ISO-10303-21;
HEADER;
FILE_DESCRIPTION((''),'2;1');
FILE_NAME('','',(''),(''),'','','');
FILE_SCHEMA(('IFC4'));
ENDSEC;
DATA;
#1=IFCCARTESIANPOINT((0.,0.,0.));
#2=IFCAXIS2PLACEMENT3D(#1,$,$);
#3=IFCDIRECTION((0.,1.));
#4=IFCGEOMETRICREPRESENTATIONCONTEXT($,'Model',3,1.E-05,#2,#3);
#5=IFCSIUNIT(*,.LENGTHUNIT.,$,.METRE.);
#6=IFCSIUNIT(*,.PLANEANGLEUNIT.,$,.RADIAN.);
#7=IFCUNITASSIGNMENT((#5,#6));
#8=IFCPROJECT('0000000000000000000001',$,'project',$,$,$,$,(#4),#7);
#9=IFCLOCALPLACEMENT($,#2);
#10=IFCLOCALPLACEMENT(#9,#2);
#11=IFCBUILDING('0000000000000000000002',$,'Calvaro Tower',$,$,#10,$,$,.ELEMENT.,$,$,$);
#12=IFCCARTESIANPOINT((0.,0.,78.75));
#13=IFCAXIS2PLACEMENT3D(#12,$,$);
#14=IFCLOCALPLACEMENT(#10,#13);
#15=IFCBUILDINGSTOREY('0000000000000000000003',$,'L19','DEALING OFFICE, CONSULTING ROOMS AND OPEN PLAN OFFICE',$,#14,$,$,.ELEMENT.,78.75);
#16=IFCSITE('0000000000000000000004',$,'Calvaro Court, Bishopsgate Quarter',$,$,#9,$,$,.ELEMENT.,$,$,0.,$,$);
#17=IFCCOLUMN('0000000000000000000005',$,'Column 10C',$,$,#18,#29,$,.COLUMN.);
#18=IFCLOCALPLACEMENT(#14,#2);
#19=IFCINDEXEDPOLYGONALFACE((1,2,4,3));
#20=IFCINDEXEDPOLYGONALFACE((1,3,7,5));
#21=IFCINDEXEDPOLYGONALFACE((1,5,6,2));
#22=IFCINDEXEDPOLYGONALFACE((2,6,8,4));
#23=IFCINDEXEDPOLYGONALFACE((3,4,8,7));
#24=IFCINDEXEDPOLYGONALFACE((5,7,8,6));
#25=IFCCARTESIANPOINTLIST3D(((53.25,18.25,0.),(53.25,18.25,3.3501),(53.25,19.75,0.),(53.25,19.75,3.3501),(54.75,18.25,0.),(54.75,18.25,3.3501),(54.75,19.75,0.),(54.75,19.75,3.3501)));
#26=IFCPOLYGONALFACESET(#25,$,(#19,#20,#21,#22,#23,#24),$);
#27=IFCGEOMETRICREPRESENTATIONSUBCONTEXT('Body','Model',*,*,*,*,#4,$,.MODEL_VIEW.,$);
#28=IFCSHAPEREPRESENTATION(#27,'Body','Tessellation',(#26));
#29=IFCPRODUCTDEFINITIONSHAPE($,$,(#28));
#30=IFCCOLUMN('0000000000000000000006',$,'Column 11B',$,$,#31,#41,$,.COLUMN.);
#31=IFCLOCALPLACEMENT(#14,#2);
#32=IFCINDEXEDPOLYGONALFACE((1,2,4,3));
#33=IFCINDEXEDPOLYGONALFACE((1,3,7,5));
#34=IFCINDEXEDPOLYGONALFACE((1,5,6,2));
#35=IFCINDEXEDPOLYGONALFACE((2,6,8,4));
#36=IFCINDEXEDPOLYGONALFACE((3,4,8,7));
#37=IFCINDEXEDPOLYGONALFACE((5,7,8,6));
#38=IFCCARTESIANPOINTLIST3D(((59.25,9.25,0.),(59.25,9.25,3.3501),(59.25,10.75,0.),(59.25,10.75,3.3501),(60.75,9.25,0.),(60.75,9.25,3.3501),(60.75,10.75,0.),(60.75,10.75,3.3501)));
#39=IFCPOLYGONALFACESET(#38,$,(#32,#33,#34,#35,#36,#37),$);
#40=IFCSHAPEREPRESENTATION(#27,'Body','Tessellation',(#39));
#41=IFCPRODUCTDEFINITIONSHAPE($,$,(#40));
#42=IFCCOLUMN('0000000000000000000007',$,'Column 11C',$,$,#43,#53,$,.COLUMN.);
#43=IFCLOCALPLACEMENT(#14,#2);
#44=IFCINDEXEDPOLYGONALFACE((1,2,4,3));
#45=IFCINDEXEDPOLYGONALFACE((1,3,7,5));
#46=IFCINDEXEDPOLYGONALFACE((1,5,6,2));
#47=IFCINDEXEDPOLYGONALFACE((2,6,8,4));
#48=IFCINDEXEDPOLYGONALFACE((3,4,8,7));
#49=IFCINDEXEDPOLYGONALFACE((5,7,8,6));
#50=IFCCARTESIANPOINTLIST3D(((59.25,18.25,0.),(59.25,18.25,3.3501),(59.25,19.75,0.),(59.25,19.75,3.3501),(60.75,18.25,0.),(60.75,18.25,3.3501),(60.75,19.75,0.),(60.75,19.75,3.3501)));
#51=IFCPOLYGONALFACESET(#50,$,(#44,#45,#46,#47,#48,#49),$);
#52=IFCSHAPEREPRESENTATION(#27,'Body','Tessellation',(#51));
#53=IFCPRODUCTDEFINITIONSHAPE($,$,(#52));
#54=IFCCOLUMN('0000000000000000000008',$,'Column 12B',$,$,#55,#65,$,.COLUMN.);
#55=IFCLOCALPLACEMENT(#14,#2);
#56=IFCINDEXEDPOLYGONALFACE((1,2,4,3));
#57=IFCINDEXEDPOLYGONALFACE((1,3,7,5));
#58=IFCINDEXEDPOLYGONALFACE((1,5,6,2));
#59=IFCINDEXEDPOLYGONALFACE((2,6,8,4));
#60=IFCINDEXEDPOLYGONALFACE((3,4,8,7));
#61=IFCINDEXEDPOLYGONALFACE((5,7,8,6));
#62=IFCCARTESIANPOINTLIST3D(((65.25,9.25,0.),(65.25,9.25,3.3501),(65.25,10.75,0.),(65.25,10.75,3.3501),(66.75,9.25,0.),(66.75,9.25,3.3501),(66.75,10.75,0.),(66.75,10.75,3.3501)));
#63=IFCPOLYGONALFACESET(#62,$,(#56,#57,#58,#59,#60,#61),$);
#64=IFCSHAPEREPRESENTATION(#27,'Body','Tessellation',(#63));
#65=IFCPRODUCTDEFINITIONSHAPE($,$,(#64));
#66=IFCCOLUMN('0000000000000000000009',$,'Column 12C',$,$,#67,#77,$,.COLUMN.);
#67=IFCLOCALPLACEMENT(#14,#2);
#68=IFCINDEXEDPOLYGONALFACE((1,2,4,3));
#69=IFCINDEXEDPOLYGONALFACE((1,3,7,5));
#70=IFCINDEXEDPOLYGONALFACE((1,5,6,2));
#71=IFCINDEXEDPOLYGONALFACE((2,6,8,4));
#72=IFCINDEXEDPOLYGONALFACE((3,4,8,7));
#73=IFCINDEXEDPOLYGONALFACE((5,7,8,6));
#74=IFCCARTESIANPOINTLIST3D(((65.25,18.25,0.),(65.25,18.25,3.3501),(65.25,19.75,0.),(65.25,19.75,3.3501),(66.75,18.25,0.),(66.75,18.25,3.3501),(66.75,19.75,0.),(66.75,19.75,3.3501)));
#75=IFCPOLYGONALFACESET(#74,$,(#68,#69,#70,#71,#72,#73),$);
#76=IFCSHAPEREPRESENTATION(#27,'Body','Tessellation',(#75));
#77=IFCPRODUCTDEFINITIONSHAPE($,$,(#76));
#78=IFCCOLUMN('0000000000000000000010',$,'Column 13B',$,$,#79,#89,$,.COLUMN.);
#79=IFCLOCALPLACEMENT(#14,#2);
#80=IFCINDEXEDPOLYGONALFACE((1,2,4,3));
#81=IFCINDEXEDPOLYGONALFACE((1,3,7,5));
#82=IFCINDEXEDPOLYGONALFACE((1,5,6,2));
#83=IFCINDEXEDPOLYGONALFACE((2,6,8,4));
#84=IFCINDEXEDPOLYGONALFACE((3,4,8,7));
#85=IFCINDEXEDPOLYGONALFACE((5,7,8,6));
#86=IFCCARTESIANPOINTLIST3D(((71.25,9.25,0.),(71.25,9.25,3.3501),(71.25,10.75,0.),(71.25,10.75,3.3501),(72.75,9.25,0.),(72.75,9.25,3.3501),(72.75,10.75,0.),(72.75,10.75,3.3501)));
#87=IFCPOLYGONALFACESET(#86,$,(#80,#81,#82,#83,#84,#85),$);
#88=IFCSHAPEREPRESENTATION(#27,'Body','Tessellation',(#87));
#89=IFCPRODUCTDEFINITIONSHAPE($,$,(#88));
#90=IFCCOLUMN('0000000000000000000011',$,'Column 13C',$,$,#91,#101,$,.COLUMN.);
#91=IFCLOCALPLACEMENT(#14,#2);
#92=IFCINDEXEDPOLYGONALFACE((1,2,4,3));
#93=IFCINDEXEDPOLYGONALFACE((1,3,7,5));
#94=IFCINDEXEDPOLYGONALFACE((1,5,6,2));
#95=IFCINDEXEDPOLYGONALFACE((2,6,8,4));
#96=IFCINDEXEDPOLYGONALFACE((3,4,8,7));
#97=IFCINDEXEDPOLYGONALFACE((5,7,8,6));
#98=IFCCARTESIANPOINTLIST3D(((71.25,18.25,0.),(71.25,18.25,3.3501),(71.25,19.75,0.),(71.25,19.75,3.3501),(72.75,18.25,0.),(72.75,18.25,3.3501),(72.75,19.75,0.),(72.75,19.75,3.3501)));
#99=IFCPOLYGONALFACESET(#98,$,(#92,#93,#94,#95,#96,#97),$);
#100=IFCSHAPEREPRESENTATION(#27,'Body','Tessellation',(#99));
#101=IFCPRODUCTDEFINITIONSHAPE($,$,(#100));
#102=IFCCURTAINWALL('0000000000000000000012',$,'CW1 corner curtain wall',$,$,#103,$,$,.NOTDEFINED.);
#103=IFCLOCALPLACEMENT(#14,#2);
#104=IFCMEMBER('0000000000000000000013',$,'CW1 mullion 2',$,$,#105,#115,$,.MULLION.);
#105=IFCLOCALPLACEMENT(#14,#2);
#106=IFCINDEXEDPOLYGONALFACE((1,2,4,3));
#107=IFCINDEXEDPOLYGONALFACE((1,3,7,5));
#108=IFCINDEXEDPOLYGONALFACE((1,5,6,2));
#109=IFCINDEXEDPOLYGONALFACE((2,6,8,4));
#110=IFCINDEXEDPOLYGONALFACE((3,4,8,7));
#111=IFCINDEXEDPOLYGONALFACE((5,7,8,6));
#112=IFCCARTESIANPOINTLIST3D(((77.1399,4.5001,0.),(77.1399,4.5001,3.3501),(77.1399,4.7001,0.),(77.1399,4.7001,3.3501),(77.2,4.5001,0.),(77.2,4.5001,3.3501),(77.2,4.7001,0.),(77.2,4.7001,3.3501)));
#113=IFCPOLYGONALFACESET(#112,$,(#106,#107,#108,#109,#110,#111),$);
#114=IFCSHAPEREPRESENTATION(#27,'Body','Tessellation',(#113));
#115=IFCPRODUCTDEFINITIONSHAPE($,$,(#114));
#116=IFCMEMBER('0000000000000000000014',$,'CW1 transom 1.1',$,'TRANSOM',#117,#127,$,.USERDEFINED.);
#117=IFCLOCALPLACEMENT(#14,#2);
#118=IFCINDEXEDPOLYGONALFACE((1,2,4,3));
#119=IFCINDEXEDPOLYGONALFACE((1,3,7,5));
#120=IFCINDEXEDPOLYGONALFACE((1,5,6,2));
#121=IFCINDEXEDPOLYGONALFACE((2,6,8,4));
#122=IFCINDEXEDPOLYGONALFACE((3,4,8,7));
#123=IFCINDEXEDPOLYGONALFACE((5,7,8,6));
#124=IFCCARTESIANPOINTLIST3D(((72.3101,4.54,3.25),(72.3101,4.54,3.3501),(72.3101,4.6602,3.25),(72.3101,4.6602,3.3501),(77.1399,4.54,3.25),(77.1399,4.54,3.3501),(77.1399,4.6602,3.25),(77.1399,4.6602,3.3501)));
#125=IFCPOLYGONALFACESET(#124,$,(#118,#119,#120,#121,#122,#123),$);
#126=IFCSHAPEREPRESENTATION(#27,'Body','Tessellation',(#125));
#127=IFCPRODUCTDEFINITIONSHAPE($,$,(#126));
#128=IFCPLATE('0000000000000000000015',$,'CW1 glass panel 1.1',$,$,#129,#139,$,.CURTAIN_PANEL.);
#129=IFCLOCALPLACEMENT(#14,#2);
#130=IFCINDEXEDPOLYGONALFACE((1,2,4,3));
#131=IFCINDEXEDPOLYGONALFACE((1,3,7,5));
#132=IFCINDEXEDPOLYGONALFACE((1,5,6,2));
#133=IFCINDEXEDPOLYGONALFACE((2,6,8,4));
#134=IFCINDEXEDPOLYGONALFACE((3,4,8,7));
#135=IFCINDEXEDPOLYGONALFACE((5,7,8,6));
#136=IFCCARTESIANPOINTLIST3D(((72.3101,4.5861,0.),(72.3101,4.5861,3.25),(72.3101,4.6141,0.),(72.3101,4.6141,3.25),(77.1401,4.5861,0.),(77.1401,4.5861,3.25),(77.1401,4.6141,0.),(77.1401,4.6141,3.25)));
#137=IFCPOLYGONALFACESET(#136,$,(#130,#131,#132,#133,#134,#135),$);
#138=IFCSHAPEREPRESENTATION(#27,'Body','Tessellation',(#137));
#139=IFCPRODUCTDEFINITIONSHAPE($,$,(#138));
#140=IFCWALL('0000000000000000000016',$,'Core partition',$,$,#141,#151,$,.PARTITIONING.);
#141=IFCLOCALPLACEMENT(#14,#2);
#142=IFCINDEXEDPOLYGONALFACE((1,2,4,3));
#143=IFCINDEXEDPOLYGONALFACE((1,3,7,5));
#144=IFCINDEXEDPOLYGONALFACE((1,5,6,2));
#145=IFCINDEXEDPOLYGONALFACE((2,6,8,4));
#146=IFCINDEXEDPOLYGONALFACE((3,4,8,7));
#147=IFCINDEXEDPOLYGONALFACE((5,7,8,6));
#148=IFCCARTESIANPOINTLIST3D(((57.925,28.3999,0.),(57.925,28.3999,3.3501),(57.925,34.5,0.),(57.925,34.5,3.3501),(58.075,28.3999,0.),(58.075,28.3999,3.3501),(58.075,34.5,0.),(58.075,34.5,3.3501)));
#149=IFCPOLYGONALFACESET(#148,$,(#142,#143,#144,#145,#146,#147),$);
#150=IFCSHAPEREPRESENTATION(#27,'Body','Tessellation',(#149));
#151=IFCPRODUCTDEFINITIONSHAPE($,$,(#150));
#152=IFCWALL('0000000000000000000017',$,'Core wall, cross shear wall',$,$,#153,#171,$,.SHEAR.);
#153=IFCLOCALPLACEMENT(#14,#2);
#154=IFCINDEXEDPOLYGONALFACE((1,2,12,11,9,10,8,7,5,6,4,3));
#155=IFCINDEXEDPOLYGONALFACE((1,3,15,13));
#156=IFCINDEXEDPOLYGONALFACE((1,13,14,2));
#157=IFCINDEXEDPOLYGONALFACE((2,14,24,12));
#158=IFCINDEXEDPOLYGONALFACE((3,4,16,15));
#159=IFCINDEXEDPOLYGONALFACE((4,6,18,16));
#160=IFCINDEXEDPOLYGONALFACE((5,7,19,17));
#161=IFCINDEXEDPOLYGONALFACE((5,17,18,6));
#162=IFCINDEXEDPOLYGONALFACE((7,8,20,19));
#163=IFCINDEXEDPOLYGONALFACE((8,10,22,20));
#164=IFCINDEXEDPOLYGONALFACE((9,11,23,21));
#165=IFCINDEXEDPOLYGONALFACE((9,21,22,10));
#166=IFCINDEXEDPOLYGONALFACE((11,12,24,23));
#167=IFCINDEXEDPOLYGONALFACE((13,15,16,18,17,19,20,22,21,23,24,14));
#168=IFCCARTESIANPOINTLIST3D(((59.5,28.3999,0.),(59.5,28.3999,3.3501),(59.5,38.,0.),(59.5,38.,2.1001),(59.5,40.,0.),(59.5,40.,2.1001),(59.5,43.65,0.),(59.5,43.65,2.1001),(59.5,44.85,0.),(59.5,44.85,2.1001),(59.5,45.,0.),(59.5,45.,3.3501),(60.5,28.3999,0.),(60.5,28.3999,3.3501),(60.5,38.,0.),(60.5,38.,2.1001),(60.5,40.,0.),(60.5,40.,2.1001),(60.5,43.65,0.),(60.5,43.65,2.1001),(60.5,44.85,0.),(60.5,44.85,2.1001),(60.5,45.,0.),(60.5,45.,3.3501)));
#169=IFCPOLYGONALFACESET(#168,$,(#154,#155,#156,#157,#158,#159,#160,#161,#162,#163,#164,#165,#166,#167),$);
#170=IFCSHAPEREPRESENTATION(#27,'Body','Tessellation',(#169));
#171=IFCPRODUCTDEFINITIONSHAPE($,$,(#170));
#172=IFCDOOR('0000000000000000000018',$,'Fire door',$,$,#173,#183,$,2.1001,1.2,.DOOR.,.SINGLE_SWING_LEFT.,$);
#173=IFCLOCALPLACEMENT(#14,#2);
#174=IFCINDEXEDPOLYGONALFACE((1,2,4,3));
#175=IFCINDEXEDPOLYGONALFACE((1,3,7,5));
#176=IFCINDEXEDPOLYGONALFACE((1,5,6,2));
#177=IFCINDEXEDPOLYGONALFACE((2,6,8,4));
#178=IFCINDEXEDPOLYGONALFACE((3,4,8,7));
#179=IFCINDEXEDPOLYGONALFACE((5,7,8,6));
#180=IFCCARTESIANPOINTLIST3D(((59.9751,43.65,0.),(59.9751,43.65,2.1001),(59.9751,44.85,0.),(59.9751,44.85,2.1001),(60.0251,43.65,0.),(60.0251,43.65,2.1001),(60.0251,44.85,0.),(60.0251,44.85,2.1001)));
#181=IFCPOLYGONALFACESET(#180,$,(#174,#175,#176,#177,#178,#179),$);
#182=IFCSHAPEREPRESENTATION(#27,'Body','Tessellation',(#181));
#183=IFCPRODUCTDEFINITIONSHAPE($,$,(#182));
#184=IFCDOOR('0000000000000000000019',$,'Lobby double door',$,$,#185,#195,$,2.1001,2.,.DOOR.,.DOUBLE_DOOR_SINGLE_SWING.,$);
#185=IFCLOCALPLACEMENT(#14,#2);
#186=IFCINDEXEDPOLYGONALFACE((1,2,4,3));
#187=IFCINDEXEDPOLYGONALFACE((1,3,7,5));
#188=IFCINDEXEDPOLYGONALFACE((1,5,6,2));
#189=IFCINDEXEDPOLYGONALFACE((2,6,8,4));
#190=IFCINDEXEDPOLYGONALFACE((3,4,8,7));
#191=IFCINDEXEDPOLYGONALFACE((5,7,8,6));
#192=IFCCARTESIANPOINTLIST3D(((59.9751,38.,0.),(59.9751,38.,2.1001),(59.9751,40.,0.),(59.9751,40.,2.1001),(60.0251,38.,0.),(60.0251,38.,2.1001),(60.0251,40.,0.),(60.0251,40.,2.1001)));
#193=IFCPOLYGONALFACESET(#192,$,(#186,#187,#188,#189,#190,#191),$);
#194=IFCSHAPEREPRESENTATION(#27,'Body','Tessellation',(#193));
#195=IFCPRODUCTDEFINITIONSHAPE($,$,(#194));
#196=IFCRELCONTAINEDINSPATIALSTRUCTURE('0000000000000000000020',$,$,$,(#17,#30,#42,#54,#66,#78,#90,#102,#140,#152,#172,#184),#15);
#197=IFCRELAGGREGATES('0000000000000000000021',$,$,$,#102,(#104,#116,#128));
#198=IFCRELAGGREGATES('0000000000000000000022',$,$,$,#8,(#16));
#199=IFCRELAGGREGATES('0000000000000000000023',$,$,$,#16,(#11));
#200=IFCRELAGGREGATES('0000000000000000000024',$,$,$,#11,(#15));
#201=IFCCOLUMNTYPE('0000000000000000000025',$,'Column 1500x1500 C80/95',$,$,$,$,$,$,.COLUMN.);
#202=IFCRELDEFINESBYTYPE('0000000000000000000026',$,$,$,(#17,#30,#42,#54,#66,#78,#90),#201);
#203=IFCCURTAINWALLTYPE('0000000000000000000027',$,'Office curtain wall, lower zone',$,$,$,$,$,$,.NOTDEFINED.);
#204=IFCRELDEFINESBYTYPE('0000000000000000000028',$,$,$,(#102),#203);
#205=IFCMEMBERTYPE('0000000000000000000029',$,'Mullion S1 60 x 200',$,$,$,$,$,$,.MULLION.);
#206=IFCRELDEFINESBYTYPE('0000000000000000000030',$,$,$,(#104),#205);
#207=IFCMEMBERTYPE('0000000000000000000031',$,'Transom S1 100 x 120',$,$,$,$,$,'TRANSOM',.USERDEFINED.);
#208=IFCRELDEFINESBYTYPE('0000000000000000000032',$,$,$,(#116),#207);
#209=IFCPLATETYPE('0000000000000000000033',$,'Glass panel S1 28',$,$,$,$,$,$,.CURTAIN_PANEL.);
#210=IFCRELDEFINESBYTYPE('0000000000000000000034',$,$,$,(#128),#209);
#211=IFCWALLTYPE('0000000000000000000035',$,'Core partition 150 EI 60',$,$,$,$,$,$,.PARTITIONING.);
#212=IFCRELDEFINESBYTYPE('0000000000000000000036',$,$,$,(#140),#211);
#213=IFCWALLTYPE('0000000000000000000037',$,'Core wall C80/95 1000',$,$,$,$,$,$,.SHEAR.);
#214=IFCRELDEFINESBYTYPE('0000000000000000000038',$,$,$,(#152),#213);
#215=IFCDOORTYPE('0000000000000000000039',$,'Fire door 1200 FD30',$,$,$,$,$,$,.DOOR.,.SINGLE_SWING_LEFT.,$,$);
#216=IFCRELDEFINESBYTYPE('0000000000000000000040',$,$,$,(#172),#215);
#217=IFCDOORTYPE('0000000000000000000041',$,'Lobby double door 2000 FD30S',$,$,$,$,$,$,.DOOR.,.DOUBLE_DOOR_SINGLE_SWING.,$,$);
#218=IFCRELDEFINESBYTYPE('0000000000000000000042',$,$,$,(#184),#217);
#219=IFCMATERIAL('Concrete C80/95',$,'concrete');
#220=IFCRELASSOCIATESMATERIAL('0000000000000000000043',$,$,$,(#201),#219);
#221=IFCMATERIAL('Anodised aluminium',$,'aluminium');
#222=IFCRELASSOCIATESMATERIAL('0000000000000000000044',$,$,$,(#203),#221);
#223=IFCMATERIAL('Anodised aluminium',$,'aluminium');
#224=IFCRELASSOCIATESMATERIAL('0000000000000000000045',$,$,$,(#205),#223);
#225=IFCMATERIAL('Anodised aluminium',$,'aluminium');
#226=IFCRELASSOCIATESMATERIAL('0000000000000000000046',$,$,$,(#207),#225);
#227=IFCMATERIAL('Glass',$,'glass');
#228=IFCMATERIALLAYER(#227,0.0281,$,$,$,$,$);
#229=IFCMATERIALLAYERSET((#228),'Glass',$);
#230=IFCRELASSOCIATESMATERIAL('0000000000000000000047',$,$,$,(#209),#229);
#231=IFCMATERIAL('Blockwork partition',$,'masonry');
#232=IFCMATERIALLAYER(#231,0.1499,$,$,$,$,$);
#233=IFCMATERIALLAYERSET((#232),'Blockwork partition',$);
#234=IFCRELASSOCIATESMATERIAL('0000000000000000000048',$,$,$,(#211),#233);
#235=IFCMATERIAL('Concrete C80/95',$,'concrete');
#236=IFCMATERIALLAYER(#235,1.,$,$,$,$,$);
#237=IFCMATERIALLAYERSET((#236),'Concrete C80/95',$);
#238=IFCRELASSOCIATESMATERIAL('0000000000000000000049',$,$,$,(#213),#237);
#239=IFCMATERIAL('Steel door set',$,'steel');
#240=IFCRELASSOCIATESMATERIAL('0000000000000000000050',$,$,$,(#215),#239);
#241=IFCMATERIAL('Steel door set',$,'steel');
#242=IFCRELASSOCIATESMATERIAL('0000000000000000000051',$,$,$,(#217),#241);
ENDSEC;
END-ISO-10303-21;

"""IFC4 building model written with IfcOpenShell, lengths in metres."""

from ifc_helpers import new_model, si_unit, direction, frame, frame_2d, origin, origin_2d, place, context, subcontext, project, spatial, rectangle, extrude, material, layer, layer_set, material_profile, profile_set, type_object, element, fill, aggregate, save


model = new_model("IFC4")

# Units and contexts
model_context = context("Model", 3, precision=1e-05, world=origin(), true_north=direction((0.0, 1.0)))
body_context = subcontext(model_context, "Body", "Model", "MODEL_VIEW")
ifc_project = project(units=[si_unit("LENGTHUNIT", "METRE"), si_unit("PLANEANGLEUNIT", "RADIAN")], contexts=[model_context])

# Site, building, storey
site_placement = place(None, origin())
site = spatial("IfcSite", under=ifc_project, at=site_placement, Name="Calvaro Court, Bishopsgate Quarter", CompositionType="ELEMENT", RefElevation=0.0)
building_placement = place(site_placement, origin())
building = spatial("IfcBuilding", under=site, at=building_placement, Name="Calvaro Tower", CompositionType="ELEMENT")
storey_placement = place(building_placement, frame((0.0, 0.0, 78.75)))
storey = spatial("IfcBuildingStorey", under=building, at=storey_placement, Name="L19", Description="DEALING OFFICE, CONSULTING ROOMS AND OPEN PLAN OFFICE", CompositionType="ELEMENT", Elevation=78.75)

# Columns
ifc_material_1 = material(Name="Concrete C80/95", Category="concrete")
ifc_material_profile_1 = material_profile(ifc_material_1, rectangle(XDim=1.5, YDim=1.5, at=origin_2d()), Name="RC 1500x1500")
ifc_profile_set_1 = profile_set([ifc_material_profile_1], Name="Concrete C80/95")
column_type = type_object("IfcColumnType", Name="Column 1500x1500 C80/95", PredefinedType="COLUMN", material=ifc_profile_set_1)
for number, where, z_axis, x_axis, name in (
    (1, (54.0, 19.0, 0.0), (0.0, 0.0, 1.0), (1.0, 0.0, 0.0), "Column 10C"),
    (2, (60.0, 10.0, 0.0), (0.0, 0.0, 1.0), (1.0, 0.0, 0.0), "Column 11B"),
    (3, (60.0, 19.0, 0.0), (0.0, 0.0, 1.0), (1.0, 0.0, 0.0), "Column 11C"),
    (4, (66.0, 10.0, 0.0), (0.0, 0.0, 1.0), (1.0, 0.0, 0.0), "Column 12B"),
    (5, (66.0, 19.0, 0.0), (0.0, 0.0, 1.0), (1.0, 0.0, 0.0), "Column 12C"),
    (6, (72.0, 10.0, 0.0), (0.0, 0.0, 1.0), (1.0, 0.0, 0.0), "Column 13B"),
    (7, (72.0, 19.0, 0.0), (0.0, 0.0, 1.0), (1.0, 0.0, 0.0), "Column 13C"),
):
    element("IfcColumn", number, at=place(storey_placement, frame(where, z_axis=z_axis, x_axis=x_axis)), inside=storey, type_object=column_type, Name=name, PredefinedType="COLUMN", context=body_context, shape_type="SweptSolid", body=[
        extrude(rectangle(XDim=1.5, YDim=1.5, at=origin_2d()), origin(), (0.0, 0.0, 1.0), 3.3501),
    ])

# Curtain wall, members, plate
ifc_material_2 = material(Name="Anodised aluminium", Category="aluminium")
curtain_wall_type = type_object("IfcCurtainWallType", Name="Office curtain wall, lower zone", PredefinedType="NOTDEFINED", material=ifc_material_2)
curtain_wall_placement = place(storey_placement, origin())
curtain_wall = element("IfcCurtainWall", 8, at=curtain_wall_placement, inside=storey, type_object=curtain_wall_type, Name="CW1 corner curtain wall", PredefinedType="NOTDEFINED")
ifc_material_3 = material(Name="Anodised aluminium", Category="aluminium")
ifc_material_profile_2 = material_profile(ifc_material_3, rectangle(XDim=0.2, YDim=0.0601, at=origin_2d()), Name="Mullion S1 60 x 200")
ifc_profile_set_2 = profile_set([ifc_material_profile_2], Name="Anodised aluminium")
member_type_1 = type_object("IfcMemberType", Name="Mullion S1 60 x 200", PredefinedType="MULLION", material=ifc_profile_set_2)
member_1_placement = place(storey_placement, frame((77.1699, 4.6001, 0.0), z_axis=(0.0, 0.0, 1.0), x_axis=(0.0, 1.0, 0.0)))
member_1 = element("IfcMember", 9, at=member_1_placement, type_object=member_type_1, Name="CW1 mullion 2", PredefinedType="MULLION", context=body_context, shape_type="SweptSolid", body=[
    extrude(rectangle(XDim=0.2, YDim=0.0601, at=origin_2d()), origin(), (0.0, 0.0, 1.0), 3.3501),
])
ifc_material_4 = material(Name="Anodised aluminium", Category="aluminium")
ifc_material_profile_3 = material_profile(ifc_material_4, rectangle(XDim=0.1201, YDim=0.1001, at=origin_2d()), Name="Transom S1 100 x 120")
ifc_profile_set_3 = profile_set([ifc_material_profile_3], Name="Anodised aluminium")
member_type_2 = type_object("IfcMemberType", Name="Transom S1 100 x 120", ElementType="TRANSOM", PredefinedType="USERDEFINED", material=ifc_profile_set_3)
member_2_placement = place(storey_placement, frame((72.3101, 4.6001, 3.3), z_axis=(1.0, 0.0, 0.0), x_axis=(0.0, 1.0, 0.0)))
member_2 = element("IfcMember", 10, at=member_2_placement, type_object=member_type_2, Name="CW1 transom 1.1", ObjectType="TRANSOM", PredefinedType="USERDEFINED", context=body_context, shape_type="SweptSolid", body=[
    extrude(rectangle(XDim=0.1201, YDim=0.1001, at=origin_2d()), origin(), (0.0, 0.0, 1.0), 4.8298),
])
ifc_material_5 = material(Name="Glass", Category="glass")
ifc_layer_1 = layer(ifc_material_5, 0.0281)
ifc_layer_set_1 = layer_set([ifc_layer_1], Name="Glass")
plate_type = type_object("IfcPlateType", Name="Glass panel S1 28", PredefinedType="CURTAIN_PANEL", material=ifc_layer_set_1)
plate_placement = place(storey_placement, frame((74.7251, 4.6001, 0.0), z_axis=(0.0, 0.0, 1.0), x_axis=(1.0, 0.0, 0.0)))
plate = element("IfcPlate", 11, at=plate_placement, type_object=plate_type, Name="CW1 glass panel 1.1", PredefinedType="CURTAIN_PANEL", context=body_context, shape_type="SweptSolid", body=[
    extrude(rectangle(XDim=4.8301, YDim=0.0281, at=origin_2d()), origin(), (0.0, 0.0, 1.0), 3.25),
])
aggregate(curtain_wall, [member_1, member_2, plate])

# Wall
ifc_material_6 = material(Name="Blockwork partition", Category="masonry")
ifc_layer_2 = layer(ifc_material_6, 0.1499)
ifc_layer_set_2 = layer_set([ifc_layer_2], Name="Blockwork partition")
wall_type_1 = type_object("IfcWallType", Name="Core partition 150 EI 60", PredefinedType="PARTITIONING", material=ifc_layer_set_2)
wall_1_placement = place(storey_placement, frame((58.0, 28.3999, 0.0), z_axis=(0.0, 0.0, 1.0), x_axis=(0.0, 1.0, 0.0)))
element("IfcWall", 12, at=wall_1_placement, inside=storey, type_object=wall_type_1, Name="Core partition", PredefinedType="PARTITIONING", context=body_context, shape_type="SweptSolid", body=[
    extrude(rectangle(XDim=6.1001, YDim=0.1499, at=frame_2d((3.05, 0.0))), origin(), (0.0, 0.0, 1.0), 3.3501),
])

# Wall, openings, doors
ifc_material_7 = material(Name="Concrete C80/95", Category="concrete")
ifc_layer_3 = layer(ifc_material_7, 1.0)
ifc_layer_set_3 = layer_set([ifc_layer_3], Name="Concrete C80/95")
wall_type_2 = type_object("IfcWallType", Name="Core wall C80/95 1000", PredefinedType="SHEAR", material=ifc_layer_set_3)
wall_2_placement = place(storey_placement, frame((60.0, 28.3999, 0.0), z_axis=(0.0, 0.0, 1.0), x_axis=(0.0, 1.0, 0.0)))
wall_2 = element("IfcWall", 13, at=wall_2_placement, inside=storey, type_object=wall_type_2, Name="Core wall, cross shear wall", PredefinedType="SHEAR", context=body_context, shape_type="SweptSolid", body=[
    extrude(rectangle(XDim=16.6001, YDim=1.0, at=frame_2d((8.3, 0.0))), origin(), (0.0, 0.0, 1.0), 3.3501),
])
opening_1_placement = place(wall_2_placement, frame((9.6001, 0.0, 0.0)))
opening_1 = element("IfcOpeningElement", 14, at=opening_1_placement, cuts=wall_2, PredefinedType="OPENING", context=body_context, shape_type="SweptSolid", body=[
    extrude(rectangle(XDim=2.0, YDim=2.1001, at=frame_2d((1.0, 1.05))), frame((0.0, 0.51, 0.0), z_axis=(0.0, -1.0, 0.0), x_axis=(1.0, 0.0, 0.0)), (0.0, 0.0, 1.0), 1.02),
])
opening_2_placement = place(wall_2_placement, frame((15.25, 0.0, 0.0)))
opening_2 = element("IfcOpeningElement", 15, at=opening_2_placement, cuts=wall_2, PredefinedType="OPENING", context=body_context, shape_type="SweptSolid", body=[
    extrude(rectangle(XDim=1.2, YDim=2.1001, at=frame_2d((0.6001, 1.05))), frame((0.0, 0.51, 0.0), z_axis=(0.0, -1.0, 0.0), x_axis=(1.0, 0.0, 0.0)), (0.0, 0.0, 1.0), 1.02),
])
ifc_material_8 = material(Name="Steel door set", Category="steel")
door_type_1 = type_object("IfcDoorType", Name="Fire door 1200 FD30", OperationType="SINGLE_SWING_LEFT", PredefinedType="DOOR", material=ifc_material_8)
door_1_placement = place(opening_2_placement, origin())
door_1 = element("IfcDoor", 16, at=door_1_placement, inside=storey, type_object=door_type_1, Name="Fire door", OperationType="SINGLE_SWING_LEFT", OverallHeight=2.1001, OverallWidth=1.2, PredefinedType="DOOR", context=body_context, shape_type="SweptSolid", body=[
    extrude(rectangle(XDim=1.2, YDim=2.1001, at=frame_2d((0.6001, 1.05))), frame((0.0, 0.0249, 0.0), z_axis=(0.0, -1.0, 0.0), x_axis=(1.0, 0.0, 0.0)), (0.0, 0.0, 1.0), 0.05),
])
fill(opening_2, door_1)
ifc_material_9 = material(Name="Steel door set", Category="steel")
door_type_2 = type_object("IfcDoorType", Name="Lobby double door 2000 FD30S", OperationType="DOUBLE_DOOR_SINGLE_SWING", PredefinedType="DOOR", material=ifc_material_9)
door_2_placement = place(opening_1_placement, origin())
door_2 = element("IfcDoor", 17, at=door_2_placement, inside=storey, type_object=door_type_2, Name="Lobby double door", OperationType="DOUBLE_DOOR_SINGLE_SWING", OverallHeight=2.1001, OverallWidth=2.0, PredefinedType="DOOR", context=body_context, shape_type="SweptSolid", body=[
    extrude(rectangle(XDim=2.0, YDim=2.1001, at=frame_2d((1.0, 1.05))), frame((0.0, 0.0249, 0.0), z_axis=(0.0, -1.0, 0.0), x_axis=(1.0, 0.0, 0.0)), (0.0, 0.0, 1.0), 0.05),
])
fill(opening_1, door_2)

save(model, "model.ifc")
